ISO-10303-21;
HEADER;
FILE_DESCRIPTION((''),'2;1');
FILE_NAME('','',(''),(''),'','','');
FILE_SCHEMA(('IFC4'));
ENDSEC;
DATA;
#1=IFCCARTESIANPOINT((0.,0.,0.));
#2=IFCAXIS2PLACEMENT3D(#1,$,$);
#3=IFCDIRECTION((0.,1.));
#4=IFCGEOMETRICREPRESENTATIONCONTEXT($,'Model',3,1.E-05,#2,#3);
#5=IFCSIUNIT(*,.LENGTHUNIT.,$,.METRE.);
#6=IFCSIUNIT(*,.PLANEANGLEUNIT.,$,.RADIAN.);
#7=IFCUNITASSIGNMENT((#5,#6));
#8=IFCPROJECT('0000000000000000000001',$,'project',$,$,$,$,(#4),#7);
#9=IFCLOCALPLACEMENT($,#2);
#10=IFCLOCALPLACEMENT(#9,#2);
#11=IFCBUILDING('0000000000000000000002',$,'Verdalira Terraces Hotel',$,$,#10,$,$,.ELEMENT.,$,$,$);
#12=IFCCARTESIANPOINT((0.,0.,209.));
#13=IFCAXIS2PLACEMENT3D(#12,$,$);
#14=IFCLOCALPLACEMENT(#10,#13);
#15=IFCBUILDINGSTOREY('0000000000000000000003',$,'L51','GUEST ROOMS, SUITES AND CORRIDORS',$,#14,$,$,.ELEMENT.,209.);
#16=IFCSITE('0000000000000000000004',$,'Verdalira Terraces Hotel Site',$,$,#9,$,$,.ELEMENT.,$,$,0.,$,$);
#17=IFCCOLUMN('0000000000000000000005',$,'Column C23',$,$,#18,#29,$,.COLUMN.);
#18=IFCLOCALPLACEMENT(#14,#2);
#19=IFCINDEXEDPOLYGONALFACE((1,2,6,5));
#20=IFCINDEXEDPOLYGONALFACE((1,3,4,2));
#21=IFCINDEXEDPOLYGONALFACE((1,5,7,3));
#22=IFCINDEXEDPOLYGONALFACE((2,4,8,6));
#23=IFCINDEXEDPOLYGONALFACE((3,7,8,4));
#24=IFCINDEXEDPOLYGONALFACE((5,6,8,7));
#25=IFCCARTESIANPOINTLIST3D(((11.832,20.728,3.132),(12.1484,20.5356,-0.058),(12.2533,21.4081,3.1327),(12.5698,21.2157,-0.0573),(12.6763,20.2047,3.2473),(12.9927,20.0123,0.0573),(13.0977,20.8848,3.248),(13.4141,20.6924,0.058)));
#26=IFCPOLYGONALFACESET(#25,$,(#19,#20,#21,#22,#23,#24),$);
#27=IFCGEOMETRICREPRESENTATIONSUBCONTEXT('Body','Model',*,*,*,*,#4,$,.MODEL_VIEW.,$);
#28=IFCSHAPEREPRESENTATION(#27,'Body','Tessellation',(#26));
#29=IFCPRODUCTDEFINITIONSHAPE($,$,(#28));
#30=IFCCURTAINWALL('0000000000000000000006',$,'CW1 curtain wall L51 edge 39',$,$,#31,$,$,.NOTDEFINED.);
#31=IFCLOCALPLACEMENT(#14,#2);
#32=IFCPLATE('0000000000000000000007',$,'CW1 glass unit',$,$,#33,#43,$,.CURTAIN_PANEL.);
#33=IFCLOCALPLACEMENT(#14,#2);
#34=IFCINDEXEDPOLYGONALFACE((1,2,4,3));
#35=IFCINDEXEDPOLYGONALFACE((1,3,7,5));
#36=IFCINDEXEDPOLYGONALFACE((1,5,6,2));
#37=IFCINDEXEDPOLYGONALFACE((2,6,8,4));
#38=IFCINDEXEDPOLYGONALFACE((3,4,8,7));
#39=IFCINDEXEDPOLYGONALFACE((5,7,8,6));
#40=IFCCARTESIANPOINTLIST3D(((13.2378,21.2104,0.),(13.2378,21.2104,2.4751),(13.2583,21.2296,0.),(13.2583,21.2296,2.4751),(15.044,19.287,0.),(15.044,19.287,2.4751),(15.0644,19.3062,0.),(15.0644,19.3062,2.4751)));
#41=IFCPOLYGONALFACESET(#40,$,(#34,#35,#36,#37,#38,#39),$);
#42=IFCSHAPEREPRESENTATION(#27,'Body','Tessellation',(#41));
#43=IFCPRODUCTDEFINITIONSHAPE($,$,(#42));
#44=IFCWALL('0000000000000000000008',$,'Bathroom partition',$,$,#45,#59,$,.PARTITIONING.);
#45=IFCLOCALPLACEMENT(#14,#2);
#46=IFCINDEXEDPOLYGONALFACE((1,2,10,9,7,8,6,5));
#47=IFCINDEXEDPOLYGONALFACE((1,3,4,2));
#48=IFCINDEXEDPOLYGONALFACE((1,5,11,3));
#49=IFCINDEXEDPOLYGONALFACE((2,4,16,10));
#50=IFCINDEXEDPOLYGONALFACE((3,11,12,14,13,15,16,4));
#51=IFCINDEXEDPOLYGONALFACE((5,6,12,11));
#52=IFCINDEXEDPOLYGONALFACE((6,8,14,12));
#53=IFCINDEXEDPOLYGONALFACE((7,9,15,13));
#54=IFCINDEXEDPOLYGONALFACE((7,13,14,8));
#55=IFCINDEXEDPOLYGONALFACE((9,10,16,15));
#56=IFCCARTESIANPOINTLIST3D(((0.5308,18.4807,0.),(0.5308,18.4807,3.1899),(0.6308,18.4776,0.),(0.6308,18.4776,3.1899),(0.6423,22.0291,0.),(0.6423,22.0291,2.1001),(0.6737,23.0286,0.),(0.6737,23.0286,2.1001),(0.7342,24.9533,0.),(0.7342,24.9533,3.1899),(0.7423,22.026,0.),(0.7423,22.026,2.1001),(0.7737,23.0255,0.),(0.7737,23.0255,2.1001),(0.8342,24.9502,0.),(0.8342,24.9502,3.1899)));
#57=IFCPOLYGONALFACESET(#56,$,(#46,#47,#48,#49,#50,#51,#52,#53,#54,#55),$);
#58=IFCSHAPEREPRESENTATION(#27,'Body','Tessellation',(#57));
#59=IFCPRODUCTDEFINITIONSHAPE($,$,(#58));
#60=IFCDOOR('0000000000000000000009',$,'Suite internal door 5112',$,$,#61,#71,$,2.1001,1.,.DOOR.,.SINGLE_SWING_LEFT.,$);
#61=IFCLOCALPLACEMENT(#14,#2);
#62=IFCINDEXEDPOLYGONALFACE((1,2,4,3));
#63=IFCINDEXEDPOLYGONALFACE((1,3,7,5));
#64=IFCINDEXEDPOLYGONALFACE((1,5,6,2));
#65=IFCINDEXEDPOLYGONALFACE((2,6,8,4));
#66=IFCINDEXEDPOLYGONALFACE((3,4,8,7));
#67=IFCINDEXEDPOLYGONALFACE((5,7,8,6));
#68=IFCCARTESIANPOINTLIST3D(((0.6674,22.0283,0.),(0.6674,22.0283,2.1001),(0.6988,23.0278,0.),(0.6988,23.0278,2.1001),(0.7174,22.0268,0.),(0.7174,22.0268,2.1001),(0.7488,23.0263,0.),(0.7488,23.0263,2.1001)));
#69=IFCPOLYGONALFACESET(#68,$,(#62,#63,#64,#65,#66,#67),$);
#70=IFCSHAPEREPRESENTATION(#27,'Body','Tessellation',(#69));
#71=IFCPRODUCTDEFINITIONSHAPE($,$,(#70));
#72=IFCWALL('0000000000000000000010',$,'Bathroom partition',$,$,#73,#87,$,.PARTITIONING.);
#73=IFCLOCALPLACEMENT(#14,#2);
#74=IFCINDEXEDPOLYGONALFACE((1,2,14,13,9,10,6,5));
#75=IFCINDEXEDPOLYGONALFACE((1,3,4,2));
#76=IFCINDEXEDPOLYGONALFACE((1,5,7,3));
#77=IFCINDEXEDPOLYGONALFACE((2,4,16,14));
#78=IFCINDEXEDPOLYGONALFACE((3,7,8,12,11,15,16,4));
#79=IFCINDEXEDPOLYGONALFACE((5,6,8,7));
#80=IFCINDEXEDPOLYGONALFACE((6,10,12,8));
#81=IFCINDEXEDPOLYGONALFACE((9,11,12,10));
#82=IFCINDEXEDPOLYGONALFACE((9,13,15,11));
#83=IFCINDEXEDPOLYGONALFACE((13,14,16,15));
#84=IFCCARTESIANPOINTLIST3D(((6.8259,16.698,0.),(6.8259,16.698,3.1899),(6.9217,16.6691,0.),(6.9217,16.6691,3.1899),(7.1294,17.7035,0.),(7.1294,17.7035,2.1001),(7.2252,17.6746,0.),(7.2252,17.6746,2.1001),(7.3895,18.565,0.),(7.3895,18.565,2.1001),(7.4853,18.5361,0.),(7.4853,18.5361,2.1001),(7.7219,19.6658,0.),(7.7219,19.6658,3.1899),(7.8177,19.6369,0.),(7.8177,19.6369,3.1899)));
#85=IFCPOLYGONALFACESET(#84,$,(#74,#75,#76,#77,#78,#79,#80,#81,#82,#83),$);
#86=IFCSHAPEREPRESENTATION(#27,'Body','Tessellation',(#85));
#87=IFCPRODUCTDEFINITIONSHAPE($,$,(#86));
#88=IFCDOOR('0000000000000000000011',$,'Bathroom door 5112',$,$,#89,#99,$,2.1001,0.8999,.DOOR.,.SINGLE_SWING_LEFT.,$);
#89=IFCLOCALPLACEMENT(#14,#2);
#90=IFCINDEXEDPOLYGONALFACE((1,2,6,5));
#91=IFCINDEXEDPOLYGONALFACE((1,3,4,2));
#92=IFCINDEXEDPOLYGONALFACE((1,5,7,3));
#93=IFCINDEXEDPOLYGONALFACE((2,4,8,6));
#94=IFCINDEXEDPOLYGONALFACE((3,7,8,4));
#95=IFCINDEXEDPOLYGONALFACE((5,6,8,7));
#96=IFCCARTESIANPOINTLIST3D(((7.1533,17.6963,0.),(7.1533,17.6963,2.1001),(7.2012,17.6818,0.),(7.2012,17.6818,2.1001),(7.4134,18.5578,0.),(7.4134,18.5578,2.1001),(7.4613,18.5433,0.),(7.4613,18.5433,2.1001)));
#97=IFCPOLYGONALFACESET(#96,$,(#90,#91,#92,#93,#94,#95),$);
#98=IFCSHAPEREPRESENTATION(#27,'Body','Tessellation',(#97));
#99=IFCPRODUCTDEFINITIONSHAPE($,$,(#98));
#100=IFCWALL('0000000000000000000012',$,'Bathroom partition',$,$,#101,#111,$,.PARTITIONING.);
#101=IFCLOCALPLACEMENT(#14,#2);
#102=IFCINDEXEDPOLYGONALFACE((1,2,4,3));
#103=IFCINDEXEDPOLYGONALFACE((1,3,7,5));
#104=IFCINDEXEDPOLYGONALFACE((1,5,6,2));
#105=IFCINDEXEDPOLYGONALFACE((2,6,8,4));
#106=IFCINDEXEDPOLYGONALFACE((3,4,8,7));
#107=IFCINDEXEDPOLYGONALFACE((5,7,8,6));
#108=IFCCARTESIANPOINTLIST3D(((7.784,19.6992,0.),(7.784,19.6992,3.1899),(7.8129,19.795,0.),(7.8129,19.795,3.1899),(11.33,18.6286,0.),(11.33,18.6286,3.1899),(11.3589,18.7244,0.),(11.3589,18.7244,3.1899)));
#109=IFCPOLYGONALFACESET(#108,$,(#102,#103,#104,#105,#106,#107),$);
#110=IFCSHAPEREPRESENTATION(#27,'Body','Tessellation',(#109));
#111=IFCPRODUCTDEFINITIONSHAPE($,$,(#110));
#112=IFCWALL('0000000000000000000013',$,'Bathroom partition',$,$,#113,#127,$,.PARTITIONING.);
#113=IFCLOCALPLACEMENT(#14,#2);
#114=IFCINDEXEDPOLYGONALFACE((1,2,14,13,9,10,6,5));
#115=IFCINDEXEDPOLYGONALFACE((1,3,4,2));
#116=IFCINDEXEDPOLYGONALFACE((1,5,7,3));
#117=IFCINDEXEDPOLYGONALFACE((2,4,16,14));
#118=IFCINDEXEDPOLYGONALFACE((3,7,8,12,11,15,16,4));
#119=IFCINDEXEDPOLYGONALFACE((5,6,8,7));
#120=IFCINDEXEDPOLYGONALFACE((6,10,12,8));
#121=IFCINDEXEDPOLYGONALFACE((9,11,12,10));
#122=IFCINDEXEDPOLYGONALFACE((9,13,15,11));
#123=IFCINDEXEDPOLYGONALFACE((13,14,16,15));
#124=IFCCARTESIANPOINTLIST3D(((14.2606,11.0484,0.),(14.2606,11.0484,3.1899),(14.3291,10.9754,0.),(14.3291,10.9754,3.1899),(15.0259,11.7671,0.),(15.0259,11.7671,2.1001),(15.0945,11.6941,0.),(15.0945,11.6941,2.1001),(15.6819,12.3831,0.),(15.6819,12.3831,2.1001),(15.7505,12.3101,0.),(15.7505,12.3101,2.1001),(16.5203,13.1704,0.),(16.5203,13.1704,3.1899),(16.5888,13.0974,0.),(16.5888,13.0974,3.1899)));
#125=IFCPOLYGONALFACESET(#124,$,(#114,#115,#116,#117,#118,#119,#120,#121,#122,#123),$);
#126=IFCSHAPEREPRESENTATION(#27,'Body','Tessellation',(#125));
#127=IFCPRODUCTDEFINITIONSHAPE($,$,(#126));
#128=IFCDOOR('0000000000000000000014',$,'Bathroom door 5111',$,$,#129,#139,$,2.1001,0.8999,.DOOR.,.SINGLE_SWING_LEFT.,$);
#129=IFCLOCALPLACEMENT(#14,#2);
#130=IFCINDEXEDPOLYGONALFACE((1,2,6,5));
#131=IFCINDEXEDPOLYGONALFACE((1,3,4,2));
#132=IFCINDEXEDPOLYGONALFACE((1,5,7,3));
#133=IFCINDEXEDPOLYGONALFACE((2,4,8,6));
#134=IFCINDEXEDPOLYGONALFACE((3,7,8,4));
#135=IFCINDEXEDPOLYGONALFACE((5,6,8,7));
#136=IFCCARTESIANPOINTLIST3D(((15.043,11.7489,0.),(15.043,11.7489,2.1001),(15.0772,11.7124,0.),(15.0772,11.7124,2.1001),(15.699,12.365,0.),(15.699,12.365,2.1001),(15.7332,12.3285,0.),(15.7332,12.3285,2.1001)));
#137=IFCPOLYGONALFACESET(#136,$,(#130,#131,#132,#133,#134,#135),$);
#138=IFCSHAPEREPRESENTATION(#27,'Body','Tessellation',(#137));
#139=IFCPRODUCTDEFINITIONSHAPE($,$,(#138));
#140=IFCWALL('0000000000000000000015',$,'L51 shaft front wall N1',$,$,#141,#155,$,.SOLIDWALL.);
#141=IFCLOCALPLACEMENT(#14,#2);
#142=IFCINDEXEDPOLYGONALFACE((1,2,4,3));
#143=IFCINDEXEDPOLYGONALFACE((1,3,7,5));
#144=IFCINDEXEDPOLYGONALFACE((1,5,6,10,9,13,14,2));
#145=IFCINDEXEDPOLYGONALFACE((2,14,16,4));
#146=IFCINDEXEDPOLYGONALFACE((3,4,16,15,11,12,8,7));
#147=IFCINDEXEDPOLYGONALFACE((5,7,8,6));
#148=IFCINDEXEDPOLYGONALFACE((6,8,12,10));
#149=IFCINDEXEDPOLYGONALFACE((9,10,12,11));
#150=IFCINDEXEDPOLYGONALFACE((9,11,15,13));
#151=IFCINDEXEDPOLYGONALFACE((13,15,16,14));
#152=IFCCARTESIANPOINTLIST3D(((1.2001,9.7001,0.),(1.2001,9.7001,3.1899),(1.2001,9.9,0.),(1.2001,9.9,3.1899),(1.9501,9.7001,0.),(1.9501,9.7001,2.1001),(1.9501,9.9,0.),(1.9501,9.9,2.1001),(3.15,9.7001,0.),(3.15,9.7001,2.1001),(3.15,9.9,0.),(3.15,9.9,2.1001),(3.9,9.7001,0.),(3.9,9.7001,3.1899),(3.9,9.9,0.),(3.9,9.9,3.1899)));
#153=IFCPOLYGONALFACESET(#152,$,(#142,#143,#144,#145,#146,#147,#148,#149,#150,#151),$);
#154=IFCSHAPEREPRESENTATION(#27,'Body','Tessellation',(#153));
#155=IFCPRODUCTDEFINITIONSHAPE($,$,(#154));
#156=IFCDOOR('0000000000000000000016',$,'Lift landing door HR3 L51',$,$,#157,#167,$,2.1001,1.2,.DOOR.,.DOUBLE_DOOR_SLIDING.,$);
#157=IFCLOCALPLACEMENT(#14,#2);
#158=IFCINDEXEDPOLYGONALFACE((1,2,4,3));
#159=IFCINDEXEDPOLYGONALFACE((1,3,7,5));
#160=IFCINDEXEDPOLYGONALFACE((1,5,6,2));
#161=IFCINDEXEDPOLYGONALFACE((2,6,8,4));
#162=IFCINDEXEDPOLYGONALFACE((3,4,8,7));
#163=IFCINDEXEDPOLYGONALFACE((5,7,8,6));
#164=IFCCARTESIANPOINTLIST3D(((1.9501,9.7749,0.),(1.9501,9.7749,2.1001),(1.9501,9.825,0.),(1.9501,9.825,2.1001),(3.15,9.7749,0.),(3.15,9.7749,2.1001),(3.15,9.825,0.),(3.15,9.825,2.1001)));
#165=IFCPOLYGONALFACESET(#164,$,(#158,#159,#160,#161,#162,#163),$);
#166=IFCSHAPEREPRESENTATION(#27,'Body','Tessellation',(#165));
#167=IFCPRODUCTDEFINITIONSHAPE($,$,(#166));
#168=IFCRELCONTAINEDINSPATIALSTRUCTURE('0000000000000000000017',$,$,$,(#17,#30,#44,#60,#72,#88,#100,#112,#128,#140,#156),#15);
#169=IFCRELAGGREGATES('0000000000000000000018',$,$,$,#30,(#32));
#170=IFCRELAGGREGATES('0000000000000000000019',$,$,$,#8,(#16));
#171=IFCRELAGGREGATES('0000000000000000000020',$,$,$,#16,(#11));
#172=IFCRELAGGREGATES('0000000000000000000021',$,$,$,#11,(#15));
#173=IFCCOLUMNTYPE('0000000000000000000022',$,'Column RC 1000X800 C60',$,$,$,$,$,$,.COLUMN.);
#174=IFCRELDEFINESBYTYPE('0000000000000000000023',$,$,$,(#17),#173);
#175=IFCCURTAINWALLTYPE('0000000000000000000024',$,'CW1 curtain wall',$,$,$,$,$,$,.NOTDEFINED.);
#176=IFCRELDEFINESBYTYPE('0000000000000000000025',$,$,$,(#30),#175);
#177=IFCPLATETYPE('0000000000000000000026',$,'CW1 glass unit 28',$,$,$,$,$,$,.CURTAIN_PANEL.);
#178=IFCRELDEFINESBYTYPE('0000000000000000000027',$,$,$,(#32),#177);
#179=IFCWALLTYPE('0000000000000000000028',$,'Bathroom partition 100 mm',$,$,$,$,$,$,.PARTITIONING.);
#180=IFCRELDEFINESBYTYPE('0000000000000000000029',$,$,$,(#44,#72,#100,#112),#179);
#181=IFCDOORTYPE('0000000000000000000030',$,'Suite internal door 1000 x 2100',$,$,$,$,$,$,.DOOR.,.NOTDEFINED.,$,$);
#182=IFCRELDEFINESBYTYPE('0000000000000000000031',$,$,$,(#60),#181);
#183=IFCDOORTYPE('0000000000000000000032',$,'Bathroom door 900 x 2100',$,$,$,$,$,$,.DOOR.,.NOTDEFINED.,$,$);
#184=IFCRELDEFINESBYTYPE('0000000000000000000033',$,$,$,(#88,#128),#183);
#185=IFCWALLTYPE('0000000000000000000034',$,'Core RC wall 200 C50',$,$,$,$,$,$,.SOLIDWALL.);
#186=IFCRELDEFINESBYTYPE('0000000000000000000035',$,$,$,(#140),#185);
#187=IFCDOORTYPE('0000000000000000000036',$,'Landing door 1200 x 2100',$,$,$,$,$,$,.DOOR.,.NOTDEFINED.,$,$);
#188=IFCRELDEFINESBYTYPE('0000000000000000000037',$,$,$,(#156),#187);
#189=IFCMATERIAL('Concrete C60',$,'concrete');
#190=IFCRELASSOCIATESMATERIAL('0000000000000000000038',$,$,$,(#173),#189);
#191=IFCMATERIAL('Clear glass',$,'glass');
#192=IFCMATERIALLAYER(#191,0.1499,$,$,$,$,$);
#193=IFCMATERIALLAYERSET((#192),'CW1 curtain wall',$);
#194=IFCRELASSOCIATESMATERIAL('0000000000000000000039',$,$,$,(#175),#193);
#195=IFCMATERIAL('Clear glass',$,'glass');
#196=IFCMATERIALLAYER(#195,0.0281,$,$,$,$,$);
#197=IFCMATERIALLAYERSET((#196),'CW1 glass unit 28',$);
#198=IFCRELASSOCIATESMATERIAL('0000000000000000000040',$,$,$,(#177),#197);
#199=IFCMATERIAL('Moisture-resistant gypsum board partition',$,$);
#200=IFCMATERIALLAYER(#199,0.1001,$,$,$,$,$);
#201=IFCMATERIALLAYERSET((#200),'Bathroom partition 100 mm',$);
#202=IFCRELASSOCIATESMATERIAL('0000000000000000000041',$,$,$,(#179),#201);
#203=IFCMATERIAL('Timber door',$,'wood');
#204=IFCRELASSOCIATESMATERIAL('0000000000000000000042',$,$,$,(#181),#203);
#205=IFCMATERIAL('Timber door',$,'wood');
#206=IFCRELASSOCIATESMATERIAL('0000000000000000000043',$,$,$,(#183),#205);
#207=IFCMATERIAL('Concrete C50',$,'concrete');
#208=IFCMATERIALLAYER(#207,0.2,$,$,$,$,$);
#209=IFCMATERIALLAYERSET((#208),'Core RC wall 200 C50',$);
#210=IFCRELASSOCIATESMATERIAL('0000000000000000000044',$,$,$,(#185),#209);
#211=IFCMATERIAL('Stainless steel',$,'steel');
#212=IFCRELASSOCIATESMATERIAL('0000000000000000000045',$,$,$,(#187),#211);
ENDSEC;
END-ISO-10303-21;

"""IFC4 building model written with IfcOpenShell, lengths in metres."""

from ifc_helpers import new_model, si_unit, direction, frame, frame_2d, origin, origin_2d, place, context, subcontext, project, spatial, rectangle, extrude, material, layer, layer_set, material_profile, profile_set, type_object, element, fill, aggregate, save


model = new_model("IFC4")

# Units and contexts
model_context = context("Model", 3, precision=1e-05, world=origin(), true_north=direction((0.0, 1.0)))
body_context = subcontext(model_context, "Body", "Model", "MODEL_VIEW")
ifc_project = project(units=[si_unit("LENGTHUNIT", "METRE"), si_unit("PLANEANGLEUNIT", "RADIAN")], contexts=[model_context])

# Site, building, storey
site_placement = place(None, origin())
site = spatial("IfcSite", under=ifc_project, at=site_placement, Name="Verdalira Terraces Hotel Site", CompositionType="ELEMENT", RefElevation=0.0)
building_placement = place(site_placement, origin())
building = spatial("IfcBuilding", under=site, at=building_placement, Name="Verdalira Terraces Hotel", CompositionType="ELEMENT")
storey_placement = place(building_placement, frame((0.0, 0.0, 209.0)))
storey = spatial("IfcBuildingStorey", under=building, at=storey_placement, Name="L51", Description="GUEST ROOMS, SUITES AND CORRIDORS", CompositionType="ELEMENT", Elevation=209.0)

# Column
ifc_material_1 = material(Name="Concrete C60", Category="concrete")
ifc_material_profile = material_profile(ifc_material_1, rectangle(XDim=1.0, YDim=0.8, at=origin_2d()), Name="RC 1000X800")
ifc_profile_set = profile_set([ifc_material_profile], Name="Concrete C60")
column_type = type_object("IfcColumnType", Name="Column RC 1000X800 C60", PredefinedType="COLUMN", material=ifc_profile_set)
column_placement = place(storey_placement, frame((12.7812, 20.614, 0.0), z_axis=(-0.098527, 0.059907, 0.99333), x_axis=(0.844342, -0.523251, 0.115306)))
element("IfcColumn", 1, at=column_placement, inside=storey, type_object=column_type, Name="Column C23", PredefinedType="COLUMN", context=body_context, shape_type="SweptSolid", body=[
    extrude(rectangle(XDim=1.0, YDim=0.8, at=origin_2d()), origin(), (0.0, 0.0, 1.0), 3.2114),
])

# Curtain wall, plate
ifc_material_2 = material(Name="Clear glass", Category="glass")
ifc_layer_1 = layer(ifc_material_2, 0.1499)
ifc_layer_set_1 = layer_set([ifc_layer_1], Name="CW1 curtain wall")
curtain_wall_type = type_object("IfcCurtainWallType", Name="CW1 curtain wall", PredefinedType="NOTDEFINED", material=ifc_layer_set_1)
curtain_wall_placement = place(storey_placement, origin())
curtain_wall = element("IfcCurtainWall", 2, at=curtain_wall_placement, inside=storey, type_object=curtain_wall_type, Name="CW1 curtain wall L51 edge 39", PredefinedType="NOTDEFINED")
ifc_material_3 = material(Name="Clear glass", Category="glass")
ifc_layer_2 = layer(ifc_material_3, 0.0281)
ifc_layer_set_2 = layer_set([ifc_layer_2], Name="CW1 glass unit 28")
plate_type = type_object("IfcPlateType", Name="CW1 glass unit 28", PredefinedType="CURTAIN_PANEL", material=ifc_layer_set_2)
plate_placement = place(storey_placement, frame((14.1511, 20.2583, 0.0), z_axis=(0.0, 0.0, 1.0), x_axis=(-0.684547, 0.728969, 0.0)))
plate = element("IfcPlate", 3, at=plate_placement, type_object=plate_type, Name="CW1 glass unit", PredefinedType="CURTAIN_PANEL", context=body_context, shape_type="SweptSolid", body=[
    extrude(rectangle(XDim=2.6384, YDim=0.0281, at=origin_2d()), origin(), (0.0, 0.0, 1.0), 2.4751),
])
aggregate(curtain_wall, [plate])

# Walls, openings, doors
ifc_material_4 = material(Name="Moisture-resistant gypsum board partition")
ifc_layer_3 = layer(ifc_material_4, 0.1001)
ifc_layer_set_3 = layer_set([ifc_layer_3], Name="Bathroom partition 100 mm")
wall_type_1 = type_object("IfcWallType", Name="Bathroom partition 100 mm", PredefinedType="PARTITIONING", material=ifc_layer_set_3)
wall_1_placement = place(storey_placement, frame((0.5808, 18.4792, 0.0), z_axis=(0.0, 0.0, 1.0), x_axis=(0.031404, 0.999507, 0.0)))
wall_1 = element("IfcWall", 4, at=wall_1_placement, inside=storey, type_object=wall_type_1, Name="Bathroom partition", PredefinedType="PARTITIONING", context=body_context, shape_type="SweptSolid", body=[
    extrude(rectangle(XDim=6.4758, YDim=0.1001, at=frame_2d((3.2378, 0.0))), origin(), (0.0, 0.0, 1.0), 3.1899),
])
opening_1_placement = place(wall_1_placement, frame((3.55, 0.0, 0.0)))
opening_1 = element("IfcOpeningElement", 5, at=opening_1_placement, cuts=wall_1, PredefinedType="OPENING", context=body_context, shape_type="SweptSolid", body=[
    extrude(rectangle(XDim=1.0, YDim=2.1001, at=frame_2d((0.5, 1.05))), frame((0.0, 0.0601, 0.0), z_axis=(0.0, -1.0, 0.0), x_axis=(1.0, 0.0, 0.0)), (0.0, 0.0, 1.0), 0.1201),
])
ifc_material_5 = material(Name="Timber door", Category="wood")
door_type_1 = type_object("IfcDoorType", Name="Suite internal door 1000 x 2100", OperationType="NOTDEFINED", PredefinedType="DOOR", material=ifc_material_5)
door_1_placement = place(opening_1_placement, origin())
door_1 = element("IfcDoor", 6, at=door_1_placement, inside=storey, type_object=door_type_1, Name="Suite internal door 5112", OperationType="SINGLE_SWING_LEFT", OverallHeight=2.1001, OverallWidth=1.0, PredefinedType="DOOR", context=body_context, shape_type="SweptSolid", body=[
    extrude(rectangle(XDim=1.0, YDim=2.1001, at=frame_2d((0.5, 1.05))), frame((0.0, 0.0249, 0.0), z_axis=(0.0, -1.0, 0.0), x_axis=(1.0, 0.0, 0.0)), (0.0, 0.0, 1.0), 0.05),
])
fill(opening_1, door_1)
wall_2_placement = place(storey_placement, frame((7.7698, 19.6514, 0.0), z_axis=(0.0, 0.0, 1.0), x_axis=(-0.289024, -0.957322, 0.0)))
wall_2 = element("IfcWall", 7, at=wall_2_placement, inside=storey, type_object=wall_type_1, Name="Bathroom partition", PredefinedType="PARTITIONING", context=body_context, shape_type="SweptSolid", body=[
    extrude(rectangle(XDim=3.1001, YDim=0.1001, at=frame_2d((1.55, 0.0))), origin(), (0.0, 0.0, 1.0), 3.1899),
])
opening_2_placement = place(wall_2_placement, frame((1.1499, 0.0, 0.0)))
opening_2 = element("IfcOpeningElement", 8, at=opening_2_placement, cuts=wall_2, PredefinedType="OPENING", context=body_context, shape_type="SweptSolid", body=[
    extrude(rectangle(XDim=0.8999, YDim=2.1001, at=frame_2d((0.45, 1.05))), frame((0.0, 0.0601, 0.0), z_axis=(0.0, -1.0, 0.0), x_axis=(1.0, 0.0, 0.0)), (0.0, 0.0, 1.0), 0.1201),
])
ifc_material_6 = material(Name="Timber door", Category="wood")
door_type_2 = type_object("IfcDoorType", Name="Bathroom door 900 x 2100", OperationType="NOTDEFINED", PredefinedType="DOOR", material=ifc_material_6)
door_2_placement = place(opening_2_placement, origin())
door_2 = element("IfcDoor", 9, at=door_2_placement, inside=storey, type_object=door_type_2, Name="Bathroom door 5112", OperationType="SINGLE_SWING_LEFT", OverallHeight=2.1001, OverallWidth=0.8999, PredefinedType="DOOR", context=body_context, shape_type="SweptSolid", body=[
    extrude(rectangle(XDim=0.8999, YDim=2.1001, at=frame_2d((0.45, 1.05))), frame((0.0, 0.0249, 0.0), z_axis=(0.0, -1.0, 0.0), x_axis=(1.0, 0.0, 0.0)), (0.0, 0.0, 1.0), 0.05),
])
fill(opening_2, door_2)

# Wall
wall_3_placement = place(storey_placement, frame((11.3445, 18.6765, 0.0), z_axis=(0.0, 0.0, 1.0), x_axis=(-0.95732, 0.289029, 0.0)))
element("IfcWall", 10, at=wall_3_placement, inside=storey, type_object=wall_type_1, Name="Bathroom partition", PredefinedType="PARTITIONING", context=body_context, shape_type="SweptSolid", body=[
    extrude(rectangle(XDim=3.7041, YDim=0.1001, at=frame_2d((1.8521, 0.0))), origin(), (0.0, 0.0, 1.0), 3.1899),
])

# Walls, openings, doors
wall_4_placement = place(storey_placement, frame((16.5544, 13.1338, 0.0), z_axis=(0.0, 0.0, 1.0), x_axis=(-0.728967, -0.684549, 0.0)))
wall_4 = element("IfcWall", 11, at=wall_4_placement, inside=storey, type_object=wall_type_1, Name="Bathroom partition", PredefinedType="PARTITIONING", context=body_context, shape_type="SweptSolid", body=[
    extrude(rectangle(XDim=3.0999, YDim=0.1001, at=frame_2d((1.5498, 0.0))), origin(), (0.0, 0.0, 1.0), 3.1899),
])
opening_3_placement = place(wall_4_placement, frame((1.1499, 0.0, 0.0)))
opening_3 = element("IfcOpeningElement", 12, at=opening_3_placement, cuts=wall_4, PredefinedType="OPENING", context=body_context, shape_type="SweptSolid", body=[
    extrude(rectangle(XDim=0.8999, YDim=2.1001, at=frame_2d((0.45, 1.05))), frame((0.0, 0.0601, 0.0), z_axis=(0.0, -1.0, 0.0), x_axis=(1.0, 0.0, 0.0)), (0.0, 0.0, 1.0), 0.1201),
])
door_3_placement = place(opening_3_placement, origin())
door_3 = element("IfcDoor", 13, at=door_3_placement, inside=storey, type_object=door_type_2, Name="Bathroom door 5111", OperationType="SINGLE_SWING_LEFT", OverallHeight=2.1001, OverallWidth=0.8999, PredefinedType="DOOR", context=body_context, shape_type="SweptSolid", body=[
    extrude(rectangle(XDim=0.8999, YDim=2.1001, at=frame_2d((0.45, 1.05))), frame((0.0, 0.0249, 0.0), z_axis=(0.0, -1.0, 0.0), x_axis=(1.0, 0.0, 0.0)), (0.0, 0.0, 1.0), 0.05),
])
fill(opening_3, door_3)
ifc_material_7 = material(Name="Concrete C50", Category="concrete")
ifc_layer_4 = layer(ifc_material_7, 0.2)
ifc_layer_set_4 = layer_set([ifc_layer_4], Name="Core RC wall 200 C50")
wall_type_2 = type_object("IfcWallType", Name="Core RC wall 200 C50", PredefinedType="SOLIDWALL", material=ifc_layer_set_4)
wall_5_placement = place(storey_placement, frame((1.2, 9.8, 0.0), z_axis=(0.0, 0.0, 1.0), x_axis=(1.0, 0.0, 0.0)))
wall_5 = element("IfcWall", 14, at=wall_5_placement, inside=storey, type_object=wall_type_2, Name="L51 shaft front wall N1", PredefinedType="SOLIDWALL", context=body_context, shape_type="SweptSolid", body=[
    extrude(rectangle(XDim=2.7, YDim=0.2, at=frame_2d((1.3501, 0.0))), origin(), (0.0, 0.0, 1.0), 3.1899),
])
opening_4_placement = place(wall_5_placement, frame((0.75, 0.0, 0.0)))
opening_4 = element("IfcOpeningElement", 15, at=opening_4_placement, cuts=wall_5, PredefinedType="OPENING", context=body_context, shape_type="SweptSolid", body=[
    extrude(rectangle(XDim=1.2, YDim=2.1001, at=frame_2d((0.6001, 1.05))), frame((0.0, 0.1099, 0.0), z_axis=(0.0, -1.0, 0.0), x_axis=(1.0, 0.0, 0.0)), (0.0, 0.0, 1.0), 0.22),
])
ifc_material_8 = material(Name="Stainless steel", Category="steel")
door_type_3 = type_object("IfcDoorType", Name="Landing door 1200 x 2100", OperationType="NOTDEFINED", PredefinedType="DOOR", material=ifc_material_8)
door_4_placement = place(opening_4_placement, origin())
door_4 = element("IfcDoor", 16, at=door_4_placement, inside=storey, type_object=door_type_3, Name="Lift landing door HR3 L51", OperationType="DOUBLE_DOOR_SLIDING", OverallHeight=2.1001, OverallWidth=1.2, PredefinedType="DOOR", context=body_context, shape_type="SweptSolid", body=[
    extrude(rectangle(XDim=1.2, YDim=2.1001, at=frame_2d((0.6001, 1.05))), frame((0.0, 0.0249, 0.0), z_axis=(0.0, -1.0, 0.0), x_axis=(1.0, 0.0, 0.0)), (0.0, 0.0, 1.0), 0.05),
])
fill(opening_4, door_4)

save(model, "model.ifc")
